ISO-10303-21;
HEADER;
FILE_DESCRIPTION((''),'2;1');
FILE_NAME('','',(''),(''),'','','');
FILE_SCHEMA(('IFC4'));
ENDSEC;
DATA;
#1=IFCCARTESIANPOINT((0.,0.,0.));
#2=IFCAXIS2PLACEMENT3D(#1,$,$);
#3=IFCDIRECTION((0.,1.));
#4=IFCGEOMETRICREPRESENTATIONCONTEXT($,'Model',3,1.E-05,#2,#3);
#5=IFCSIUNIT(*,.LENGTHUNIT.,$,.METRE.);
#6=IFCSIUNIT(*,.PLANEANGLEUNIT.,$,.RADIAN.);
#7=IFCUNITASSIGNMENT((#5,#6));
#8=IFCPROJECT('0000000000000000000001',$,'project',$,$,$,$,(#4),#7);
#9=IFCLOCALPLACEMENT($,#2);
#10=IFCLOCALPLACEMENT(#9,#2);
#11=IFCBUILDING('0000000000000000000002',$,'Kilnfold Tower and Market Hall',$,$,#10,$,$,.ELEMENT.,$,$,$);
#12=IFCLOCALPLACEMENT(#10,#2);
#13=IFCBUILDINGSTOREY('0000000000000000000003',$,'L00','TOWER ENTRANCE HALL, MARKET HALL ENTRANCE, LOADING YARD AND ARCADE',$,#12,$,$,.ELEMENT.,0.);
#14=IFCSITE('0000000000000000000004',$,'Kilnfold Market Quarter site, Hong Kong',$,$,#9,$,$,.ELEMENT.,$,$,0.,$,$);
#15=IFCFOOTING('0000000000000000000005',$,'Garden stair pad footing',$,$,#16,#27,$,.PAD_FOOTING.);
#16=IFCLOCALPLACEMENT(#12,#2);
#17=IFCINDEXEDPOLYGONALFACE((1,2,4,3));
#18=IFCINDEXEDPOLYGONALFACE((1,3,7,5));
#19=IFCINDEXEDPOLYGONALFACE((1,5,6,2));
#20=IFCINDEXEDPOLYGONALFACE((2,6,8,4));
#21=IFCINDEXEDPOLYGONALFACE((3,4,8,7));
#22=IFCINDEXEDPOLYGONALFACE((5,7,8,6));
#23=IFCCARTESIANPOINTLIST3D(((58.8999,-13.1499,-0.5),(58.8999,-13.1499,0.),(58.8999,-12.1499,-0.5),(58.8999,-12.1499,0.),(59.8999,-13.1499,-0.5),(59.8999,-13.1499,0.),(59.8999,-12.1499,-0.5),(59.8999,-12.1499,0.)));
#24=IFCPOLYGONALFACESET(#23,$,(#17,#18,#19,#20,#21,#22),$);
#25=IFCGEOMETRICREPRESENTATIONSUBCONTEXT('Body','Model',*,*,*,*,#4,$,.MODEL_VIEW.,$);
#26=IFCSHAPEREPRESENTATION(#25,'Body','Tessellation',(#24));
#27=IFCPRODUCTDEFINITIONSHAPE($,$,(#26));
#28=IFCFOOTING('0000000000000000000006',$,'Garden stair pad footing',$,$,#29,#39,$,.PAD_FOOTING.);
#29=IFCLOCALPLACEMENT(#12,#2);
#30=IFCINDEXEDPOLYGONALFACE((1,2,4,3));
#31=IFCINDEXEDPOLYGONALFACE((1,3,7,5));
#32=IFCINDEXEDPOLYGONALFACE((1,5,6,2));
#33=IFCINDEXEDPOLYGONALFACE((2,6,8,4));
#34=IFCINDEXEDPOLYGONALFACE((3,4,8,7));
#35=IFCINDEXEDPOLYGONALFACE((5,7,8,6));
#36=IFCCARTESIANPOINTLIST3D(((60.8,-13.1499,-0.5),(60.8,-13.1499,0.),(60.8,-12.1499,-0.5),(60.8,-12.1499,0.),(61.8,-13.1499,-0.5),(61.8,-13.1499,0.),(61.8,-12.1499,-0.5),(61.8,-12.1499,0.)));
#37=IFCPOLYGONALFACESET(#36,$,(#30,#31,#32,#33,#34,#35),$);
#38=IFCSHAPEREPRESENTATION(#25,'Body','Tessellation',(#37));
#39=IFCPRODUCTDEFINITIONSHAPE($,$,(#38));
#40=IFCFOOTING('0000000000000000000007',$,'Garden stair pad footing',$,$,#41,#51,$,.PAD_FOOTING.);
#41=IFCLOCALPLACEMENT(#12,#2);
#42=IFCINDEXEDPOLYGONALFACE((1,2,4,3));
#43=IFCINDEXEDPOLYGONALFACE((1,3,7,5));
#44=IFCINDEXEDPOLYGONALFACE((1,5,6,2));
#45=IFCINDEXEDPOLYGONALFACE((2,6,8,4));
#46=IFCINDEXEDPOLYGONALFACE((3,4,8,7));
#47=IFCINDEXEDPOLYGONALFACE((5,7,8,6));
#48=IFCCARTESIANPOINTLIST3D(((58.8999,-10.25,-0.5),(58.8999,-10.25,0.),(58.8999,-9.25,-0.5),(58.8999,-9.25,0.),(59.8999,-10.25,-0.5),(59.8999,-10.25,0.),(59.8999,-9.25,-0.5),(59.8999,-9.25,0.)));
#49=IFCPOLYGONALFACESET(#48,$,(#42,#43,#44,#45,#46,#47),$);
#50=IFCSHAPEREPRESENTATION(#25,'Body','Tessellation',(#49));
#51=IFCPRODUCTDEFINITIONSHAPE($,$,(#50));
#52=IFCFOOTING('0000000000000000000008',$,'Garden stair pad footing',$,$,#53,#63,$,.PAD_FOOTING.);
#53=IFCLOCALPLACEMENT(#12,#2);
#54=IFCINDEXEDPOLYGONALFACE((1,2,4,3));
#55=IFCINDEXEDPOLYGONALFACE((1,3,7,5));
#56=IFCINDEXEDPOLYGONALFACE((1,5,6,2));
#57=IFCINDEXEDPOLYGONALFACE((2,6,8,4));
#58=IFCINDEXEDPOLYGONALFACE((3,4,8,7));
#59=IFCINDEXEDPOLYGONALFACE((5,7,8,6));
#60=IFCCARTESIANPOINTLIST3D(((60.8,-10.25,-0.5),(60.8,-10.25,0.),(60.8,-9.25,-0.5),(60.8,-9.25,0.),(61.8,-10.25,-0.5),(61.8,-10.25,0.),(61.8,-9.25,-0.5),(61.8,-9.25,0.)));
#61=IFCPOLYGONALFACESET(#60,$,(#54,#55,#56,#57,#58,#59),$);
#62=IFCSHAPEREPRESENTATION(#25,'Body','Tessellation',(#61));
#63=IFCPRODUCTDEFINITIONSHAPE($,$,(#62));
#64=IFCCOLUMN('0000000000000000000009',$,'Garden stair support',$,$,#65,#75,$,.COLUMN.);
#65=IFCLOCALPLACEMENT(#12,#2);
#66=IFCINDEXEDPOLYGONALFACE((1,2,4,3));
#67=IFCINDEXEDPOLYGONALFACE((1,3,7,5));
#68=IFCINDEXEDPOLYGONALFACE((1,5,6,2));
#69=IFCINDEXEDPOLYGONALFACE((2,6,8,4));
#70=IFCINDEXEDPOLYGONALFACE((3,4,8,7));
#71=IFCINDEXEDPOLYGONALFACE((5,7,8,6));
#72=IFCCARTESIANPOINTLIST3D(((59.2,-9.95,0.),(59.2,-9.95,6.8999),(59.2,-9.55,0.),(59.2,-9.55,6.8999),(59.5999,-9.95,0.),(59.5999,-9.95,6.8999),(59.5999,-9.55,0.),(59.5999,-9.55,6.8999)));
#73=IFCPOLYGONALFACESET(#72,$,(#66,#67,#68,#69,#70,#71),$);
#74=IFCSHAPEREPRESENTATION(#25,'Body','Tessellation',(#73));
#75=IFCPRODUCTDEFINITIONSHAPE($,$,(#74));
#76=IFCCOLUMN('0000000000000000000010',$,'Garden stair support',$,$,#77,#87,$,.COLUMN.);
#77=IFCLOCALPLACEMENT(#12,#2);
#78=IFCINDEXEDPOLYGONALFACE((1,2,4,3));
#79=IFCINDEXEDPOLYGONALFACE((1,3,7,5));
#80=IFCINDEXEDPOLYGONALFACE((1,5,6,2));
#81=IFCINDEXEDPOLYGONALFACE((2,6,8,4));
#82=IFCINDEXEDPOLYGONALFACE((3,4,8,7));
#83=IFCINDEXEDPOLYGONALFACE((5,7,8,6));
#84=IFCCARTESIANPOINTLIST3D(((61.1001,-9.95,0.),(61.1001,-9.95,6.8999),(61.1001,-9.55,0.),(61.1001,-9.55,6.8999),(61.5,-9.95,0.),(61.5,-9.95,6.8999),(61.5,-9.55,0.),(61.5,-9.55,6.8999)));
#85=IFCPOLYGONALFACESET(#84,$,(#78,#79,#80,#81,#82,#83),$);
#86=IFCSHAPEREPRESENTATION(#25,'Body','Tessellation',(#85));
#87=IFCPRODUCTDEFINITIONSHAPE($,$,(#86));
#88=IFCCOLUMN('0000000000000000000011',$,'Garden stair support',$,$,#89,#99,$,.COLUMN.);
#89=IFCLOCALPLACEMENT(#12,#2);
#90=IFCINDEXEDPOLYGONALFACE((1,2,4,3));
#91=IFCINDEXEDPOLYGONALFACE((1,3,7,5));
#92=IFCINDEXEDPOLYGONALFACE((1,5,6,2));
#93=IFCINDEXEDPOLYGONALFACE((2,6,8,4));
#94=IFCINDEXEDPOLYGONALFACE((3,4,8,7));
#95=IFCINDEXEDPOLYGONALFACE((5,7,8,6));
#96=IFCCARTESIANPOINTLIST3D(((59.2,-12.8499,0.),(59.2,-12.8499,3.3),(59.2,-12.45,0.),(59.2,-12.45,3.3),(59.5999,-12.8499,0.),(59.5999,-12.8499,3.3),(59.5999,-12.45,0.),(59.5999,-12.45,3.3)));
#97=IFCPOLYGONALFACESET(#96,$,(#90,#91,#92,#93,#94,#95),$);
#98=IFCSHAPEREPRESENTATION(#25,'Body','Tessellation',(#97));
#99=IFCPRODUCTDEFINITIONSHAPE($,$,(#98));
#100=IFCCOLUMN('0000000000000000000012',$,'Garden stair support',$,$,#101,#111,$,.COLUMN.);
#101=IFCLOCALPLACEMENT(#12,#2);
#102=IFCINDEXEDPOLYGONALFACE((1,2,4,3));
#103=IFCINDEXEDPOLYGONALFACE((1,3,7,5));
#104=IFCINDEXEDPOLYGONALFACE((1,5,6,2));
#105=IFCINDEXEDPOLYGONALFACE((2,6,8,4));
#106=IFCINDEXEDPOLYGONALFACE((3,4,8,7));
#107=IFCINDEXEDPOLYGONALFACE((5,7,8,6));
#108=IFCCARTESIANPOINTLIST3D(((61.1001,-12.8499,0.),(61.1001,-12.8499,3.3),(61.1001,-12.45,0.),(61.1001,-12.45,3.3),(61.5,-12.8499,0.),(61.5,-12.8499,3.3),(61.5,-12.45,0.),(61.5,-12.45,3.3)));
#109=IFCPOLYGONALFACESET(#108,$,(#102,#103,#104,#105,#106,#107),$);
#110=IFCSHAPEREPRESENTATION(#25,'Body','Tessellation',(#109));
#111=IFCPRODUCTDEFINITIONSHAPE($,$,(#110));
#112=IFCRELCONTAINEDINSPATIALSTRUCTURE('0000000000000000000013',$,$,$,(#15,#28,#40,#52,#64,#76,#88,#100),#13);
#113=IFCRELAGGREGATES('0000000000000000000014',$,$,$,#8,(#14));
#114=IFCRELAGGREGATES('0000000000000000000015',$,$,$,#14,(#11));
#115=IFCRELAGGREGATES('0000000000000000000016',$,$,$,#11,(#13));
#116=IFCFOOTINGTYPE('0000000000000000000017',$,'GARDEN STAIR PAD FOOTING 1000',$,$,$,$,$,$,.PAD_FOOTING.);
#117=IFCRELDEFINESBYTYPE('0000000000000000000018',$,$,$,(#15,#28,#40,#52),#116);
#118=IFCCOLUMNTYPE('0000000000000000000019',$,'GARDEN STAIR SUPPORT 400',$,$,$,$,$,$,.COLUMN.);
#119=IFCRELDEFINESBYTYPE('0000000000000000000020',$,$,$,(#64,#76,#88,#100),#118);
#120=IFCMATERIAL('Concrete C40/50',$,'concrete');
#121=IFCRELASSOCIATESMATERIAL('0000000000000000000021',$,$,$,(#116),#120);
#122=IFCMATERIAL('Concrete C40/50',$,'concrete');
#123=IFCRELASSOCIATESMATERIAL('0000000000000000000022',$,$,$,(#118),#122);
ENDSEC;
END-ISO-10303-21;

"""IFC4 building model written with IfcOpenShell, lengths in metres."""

from ifc_helpers import new_model, si_unit, direction, frame, origin, origin_2d, place, context, subcontext, project, spatial, rectangle, extrude, source, transform, mapped, material, material_profile, profile_set, type_object, element, save


model = new_model("IFC4")

# Units and contexts
model_context = context("Model", 3, precision=1e-05, world=origin(), true_north=direction((0.0, 1.0)))
body_context = subcontext(model_context, "Body", "Model", "MODEL_VIEW")
ifc_project = project(units=[si_unit("LENGTHUNIT", "METRE"), si_unit("PLANEANGLEUNIT", "RADIAN")], contexts=[model_context])

# Site, building, storey
site_placement = place(None, origin())
site = spatial("IfcSite", under=ifc_project, at=site_placement, Name="Kilnfold Market Quarter site, Hong Kong", CompositionType="ELEMENT", RefElevation=0.0)
building_placement = place(site_placement, origin())
building = spatial("IfcBuilding", under=site, at=building_placement, Name="Kilnfold Tower and Market Hall", CompositionType="ELEMENT")
storey_placement = place(building_placement, origin())
storey = spatial("IfcBuildingStorey", under=building, at=storey_placement, Name="L00", Description="TOWER ENTRANCE HALL, MARKET HALL ENTRANCE, LOADING YARD AND ARCADE", CompositionType="ELEMENT", Elevation=0.0)

# Footings
ifc_material_1 = material(Name="Concrete C40/50", Category="concrete")
footing_type = type_object("IfcFootingType", Name="GARDEN STAIR PAD FOOTING 1000", PredefinedType="PAD_FOOTING", material=ifc_material_1)
shared_shape_1 = source(origin(), body_context, "Body", "SweptSolid", [
    extrude(rectangle(XDim=1.0, YDim=1.0, at=origin_2d()), origin(), (0.0, 0.0, 1.0), 0.5),
])
for number, where, z_axis, x_axis, name in (
    (1, (59.3999, -12.6499, -0.5), (0.0, 0.0, 1.0), (1.0, 0.0, 0.0), "Garden stair pad footing"),
    (2, (61.3, -12.6499, -0.5), (0.0, 0.0, 1.0), (1.0, 0.0, 0.0), "Garden stair pad footing"),
    (3, (59.3999, -9.75, -0.5), (0.0, 0.0, 1.0), (1.0, 0.0, 0.0), "Garden stair pad footing"),
    (4, (61.3, -9.75, -0.5), (0.0, 0.0, 1.0), (1.0, 0.0, 0.0), "Garden stair pad footing"),
):
    element("IfcFooting", number, at=place(storey_placement, frame(where, z_axis=z_axis, x_axis=x_axis)), inside=storey, type_object=footing_type, Name=name, PredefinedType="PAD_FOOTING", context=body_context, shape_type="MappedRepresentation", body=[
        mapped(shared_shape_1, transform((0.0, 0.0, 0.0))),
    ])

# Columns
ifc_material_2 = material(Name="Concrete C40/50", Category="concrete")
ifc_material_profile = material_profile(ifc_material_2, rectangle(XDim=0.3999, YDim=0.3999, at=origin_2d()), Name="RC 400x400")
ifc_profile_set = profile_set([ifc_material_profile], Name="Concrete C40/50")
column_type = type_object("IfcColumnType", Name="GARDEN STAIR SUPPORT 400", PredefinedType="COLUMN", material=ifc_profile_set)
shared_shape_2 = source(origin(), body_context, "Body", "SweptSolid", [
    extrude(rectangle(XDim=0.3999, YDim=0.3999, at=origin_2d()), origin(), (0.0, 0.0, 1.0), 6.8999),
])
for number, where, z_axis, x_axis, name in (
    (5, (59.3999, -9.75, 0.0), (0.0, 0.0, 1.0), (1.0, 0.0, 0.0), "Garden stair support"),
    (6, (61.3, -9.75, 0.0), (0.0, 0.0, 1.0), (1.0, 0.0, 0.0), "Garden stair support"),
):
    element("IfcColumn", number, at=place(storey_placement, frame(where, z_axis=z_axis, x_axis=x_axis)), inside=storey, type_object=column_type, Name=name, PredefinedType="COLUMN", context=body_context, shape_type="MappedRepresentation", body=[
        mapped(shared_shape_2, transform((0.0, 0.0, 0.0))),
    ])
shared_shape_3 = source(origin(), body_context, "Body", "SweptSolid", [
    extrude(rectangle(XDim=0.3999, YDim=0.3999, at=origin_2d()), origin(), (0.0, 0.0, 1.0), 3.3),
])
for number, where, z_axis, x_axis, name in (
    (7, (59.3999, -12.6499, 0.0), (0.0, 0.0, 1.0), (1.0, 0.0, 0.0), "Garden stair support"),
    (8, (61.3, -12.6499, 0.0), (0.0, 0.0, 1.0), (1.0, 0.0, 0.0), "Garden stair support"),
):
    element("IfcColumn", number, at=place(storey_placement, frame(where, z_axis=z_axis, x_axis=x_axis)), inside=storey, type_object=column_type, Name=name, PredefinedType="COLUMN", context=body_context, shape_type="MappedRepresentation", body=[
        mapped(shared_shape_3, transform((0.0, 0.0, 0.0))),
    ])

save(model, "model.ifc")
